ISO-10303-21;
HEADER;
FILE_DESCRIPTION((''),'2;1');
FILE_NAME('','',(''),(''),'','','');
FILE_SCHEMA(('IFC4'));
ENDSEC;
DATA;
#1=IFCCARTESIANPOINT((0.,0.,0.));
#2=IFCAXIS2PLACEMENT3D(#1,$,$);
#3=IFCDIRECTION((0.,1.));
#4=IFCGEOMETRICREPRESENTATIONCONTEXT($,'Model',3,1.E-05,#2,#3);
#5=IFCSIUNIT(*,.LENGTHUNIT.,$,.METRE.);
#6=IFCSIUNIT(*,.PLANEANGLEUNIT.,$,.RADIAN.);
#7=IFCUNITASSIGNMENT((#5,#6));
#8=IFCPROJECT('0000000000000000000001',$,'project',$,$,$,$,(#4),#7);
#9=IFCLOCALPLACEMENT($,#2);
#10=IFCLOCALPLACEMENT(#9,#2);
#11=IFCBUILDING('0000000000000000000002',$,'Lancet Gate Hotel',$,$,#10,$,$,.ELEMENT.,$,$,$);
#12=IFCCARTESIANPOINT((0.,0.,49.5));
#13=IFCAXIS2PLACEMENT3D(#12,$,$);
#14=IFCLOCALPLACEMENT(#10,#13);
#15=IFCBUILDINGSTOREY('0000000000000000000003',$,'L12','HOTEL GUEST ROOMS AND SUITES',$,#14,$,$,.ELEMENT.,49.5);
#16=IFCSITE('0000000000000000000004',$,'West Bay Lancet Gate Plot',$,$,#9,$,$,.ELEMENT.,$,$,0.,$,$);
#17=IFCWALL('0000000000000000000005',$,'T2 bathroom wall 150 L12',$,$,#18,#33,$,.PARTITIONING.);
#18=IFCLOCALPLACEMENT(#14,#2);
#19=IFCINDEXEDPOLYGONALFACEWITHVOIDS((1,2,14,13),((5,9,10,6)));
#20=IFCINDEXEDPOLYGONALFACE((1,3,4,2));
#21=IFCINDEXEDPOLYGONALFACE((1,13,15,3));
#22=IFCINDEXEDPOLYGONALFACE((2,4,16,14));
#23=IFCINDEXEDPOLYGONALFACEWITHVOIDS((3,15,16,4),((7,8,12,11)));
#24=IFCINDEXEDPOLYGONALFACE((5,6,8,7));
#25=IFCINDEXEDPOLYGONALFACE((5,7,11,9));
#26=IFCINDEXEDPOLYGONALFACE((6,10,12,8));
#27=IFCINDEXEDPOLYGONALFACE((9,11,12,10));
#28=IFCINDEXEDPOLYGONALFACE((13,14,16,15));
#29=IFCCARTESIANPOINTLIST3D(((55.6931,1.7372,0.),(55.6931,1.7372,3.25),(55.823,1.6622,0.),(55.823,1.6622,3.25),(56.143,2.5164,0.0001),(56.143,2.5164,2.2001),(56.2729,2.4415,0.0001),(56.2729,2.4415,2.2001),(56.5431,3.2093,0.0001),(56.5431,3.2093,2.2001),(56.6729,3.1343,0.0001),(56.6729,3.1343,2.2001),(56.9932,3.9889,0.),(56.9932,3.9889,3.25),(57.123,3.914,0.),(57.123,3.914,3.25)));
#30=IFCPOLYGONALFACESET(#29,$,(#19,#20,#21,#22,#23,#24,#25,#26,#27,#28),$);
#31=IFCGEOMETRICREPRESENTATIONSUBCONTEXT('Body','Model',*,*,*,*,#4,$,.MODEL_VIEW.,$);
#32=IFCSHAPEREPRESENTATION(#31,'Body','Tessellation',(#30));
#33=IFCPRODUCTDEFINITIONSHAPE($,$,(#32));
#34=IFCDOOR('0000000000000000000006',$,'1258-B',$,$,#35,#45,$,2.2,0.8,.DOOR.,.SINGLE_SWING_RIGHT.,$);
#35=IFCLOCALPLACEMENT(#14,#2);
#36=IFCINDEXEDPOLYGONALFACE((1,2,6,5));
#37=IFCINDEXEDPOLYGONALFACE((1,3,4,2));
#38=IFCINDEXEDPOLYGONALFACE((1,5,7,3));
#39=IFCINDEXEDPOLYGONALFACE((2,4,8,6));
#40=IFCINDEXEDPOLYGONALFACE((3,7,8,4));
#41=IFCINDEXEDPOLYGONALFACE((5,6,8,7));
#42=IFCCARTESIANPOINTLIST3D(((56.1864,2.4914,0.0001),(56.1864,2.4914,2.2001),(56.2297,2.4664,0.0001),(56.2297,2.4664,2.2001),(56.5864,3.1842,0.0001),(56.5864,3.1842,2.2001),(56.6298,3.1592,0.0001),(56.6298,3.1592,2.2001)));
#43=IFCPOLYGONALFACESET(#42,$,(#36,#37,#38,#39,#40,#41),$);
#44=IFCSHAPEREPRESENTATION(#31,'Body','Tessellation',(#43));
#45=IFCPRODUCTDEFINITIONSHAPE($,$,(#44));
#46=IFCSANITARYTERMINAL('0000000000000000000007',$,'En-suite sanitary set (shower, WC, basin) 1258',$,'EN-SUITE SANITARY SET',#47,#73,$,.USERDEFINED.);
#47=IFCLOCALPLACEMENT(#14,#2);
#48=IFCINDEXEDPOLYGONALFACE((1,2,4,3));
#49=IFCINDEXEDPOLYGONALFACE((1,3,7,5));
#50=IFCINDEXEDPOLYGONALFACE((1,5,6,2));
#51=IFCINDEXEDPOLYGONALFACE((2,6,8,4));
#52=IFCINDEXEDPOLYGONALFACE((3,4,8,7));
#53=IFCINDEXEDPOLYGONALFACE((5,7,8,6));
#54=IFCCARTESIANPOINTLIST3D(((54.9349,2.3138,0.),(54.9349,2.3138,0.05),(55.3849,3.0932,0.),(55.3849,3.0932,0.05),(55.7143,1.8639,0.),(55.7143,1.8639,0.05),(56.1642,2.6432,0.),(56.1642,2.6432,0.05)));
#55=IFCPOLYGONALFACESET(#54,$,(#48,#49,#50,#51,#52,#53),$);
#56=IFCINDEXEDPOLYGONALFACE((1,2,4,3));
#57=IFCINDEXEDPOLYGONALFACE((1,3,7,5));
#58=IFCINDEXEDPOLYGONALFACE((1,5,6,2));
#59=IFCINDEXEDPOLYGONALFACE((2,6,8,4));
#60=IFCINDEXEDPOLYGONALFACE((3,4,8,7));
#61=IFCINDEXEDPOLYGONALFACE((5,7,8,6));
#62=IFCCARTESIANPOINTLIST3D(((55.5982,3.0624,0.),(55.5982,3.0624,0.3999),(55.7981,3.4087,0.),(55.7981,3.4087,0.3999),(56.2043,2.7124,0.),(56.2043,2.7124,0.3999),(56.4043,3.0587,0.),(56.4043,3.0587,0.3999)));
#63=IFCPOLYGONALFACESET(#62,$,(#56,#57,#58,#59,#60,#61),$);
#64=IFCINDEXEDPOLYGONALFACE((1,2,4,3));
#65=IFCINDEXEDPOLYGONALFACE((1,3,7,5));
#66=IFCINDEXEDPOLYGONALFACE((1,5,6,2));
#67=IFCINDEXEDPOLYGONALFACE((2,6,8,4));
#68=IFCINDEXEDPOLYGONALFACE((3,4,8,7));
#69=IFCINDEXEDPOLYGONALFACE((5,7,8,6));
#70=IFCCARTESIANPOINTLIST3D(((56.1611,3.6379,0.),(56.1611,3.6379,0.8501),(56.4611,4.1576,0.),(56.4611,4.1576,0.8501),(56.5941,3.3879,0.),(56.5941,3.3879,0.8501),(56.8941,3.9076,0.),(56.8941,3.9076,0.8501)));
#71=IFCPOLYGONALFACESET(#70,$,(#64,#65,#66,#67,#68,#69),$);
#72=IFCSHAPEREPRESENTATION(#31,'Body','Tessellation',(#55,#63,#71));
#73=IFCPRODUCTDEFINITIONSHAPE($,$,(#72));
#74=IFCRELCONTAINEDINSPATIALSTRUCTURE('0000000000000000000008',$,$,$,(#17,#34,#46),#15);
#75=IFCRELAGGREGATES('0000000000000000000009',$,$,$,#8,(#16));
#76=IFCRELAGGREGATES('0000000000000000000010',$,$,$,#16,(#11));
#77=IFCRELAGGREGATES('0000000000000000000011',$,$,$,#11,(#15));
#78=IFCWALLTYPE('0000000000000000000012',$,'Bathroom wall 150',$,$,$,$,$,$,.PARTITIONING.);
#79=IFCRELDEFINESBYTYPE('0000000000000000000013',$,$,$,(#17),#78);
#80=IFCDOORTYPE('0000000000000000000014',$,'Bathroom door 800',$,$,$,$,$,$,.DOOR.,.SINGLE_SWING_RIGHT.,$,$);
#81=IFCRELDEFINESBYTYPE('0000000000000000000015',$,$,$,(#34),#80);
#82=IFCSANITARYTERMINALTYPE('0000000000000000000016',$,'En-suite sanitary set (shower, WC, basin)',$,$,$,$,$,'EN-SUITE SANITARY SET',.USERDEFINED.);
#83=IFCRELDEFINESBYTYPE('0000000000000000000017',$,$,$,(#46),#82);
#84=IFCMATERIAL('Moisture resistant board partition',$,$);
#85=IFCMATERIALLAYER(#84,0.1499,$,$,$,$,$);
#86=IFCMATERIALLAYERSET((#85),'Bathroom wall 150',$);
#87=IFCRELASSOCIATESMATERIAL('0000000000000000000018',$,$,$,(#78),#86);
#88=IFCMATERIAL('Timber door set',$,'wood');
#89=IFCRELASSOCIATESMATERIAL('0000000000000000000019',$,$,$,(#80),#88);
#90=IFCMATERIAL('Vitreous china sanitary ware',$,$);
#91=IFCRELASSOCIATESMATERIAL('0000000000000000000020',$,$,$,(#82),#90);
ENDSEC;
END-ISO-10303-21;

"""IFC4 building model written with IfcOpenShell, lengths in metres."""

from ifc_helpers import new_model, si_unit, direction, frame, frame_2d, origin, origin_2d, place, context, subcontext, project, spatial, rectangle, extrude, material, layer, layer_set, type_object, element, fill, save


model = new_model("IFC4")

# Units and contexts
model_context = context("Model", 3, precision=1e-05, world=origin(), true_north=direction((0.0, 1.0)))
body_context = subcontext(model_context, "Body", "Model", "MODEL_VIEW")
ifc_project = project(units=[si_unit("LENGTHUNIT", "METRE"), si_unit("PLANEANGLEUNIT", "RADIAN")], contexts=[model_context])

# Site, building, storey
site_placement = place(None, origin())
site = spatial("IfcSite", under=ifc_project, at=site_placement, Name="West Bay Lancet Gate Plot", CompositionType="ELEMENT", RefElevation=0.0)
building_placement = place(site_placement, origin())
building = spatial("IfcBuilding", under=site, at=building_placement, Name="Lancet Gate Hotel", CompositionType="ELEMENT")
storey_placement = place(building_placement, frame((0.0, 0.0, 49.5)))
storey = spatial("IfcBuildingStorey", under=building, at=storey_placement, Name="L12", Description="HOTEL GUEST ROOMS AND SUITES", CompositionType="ELEMENT", Elevation=49.5)

# Shared definitions
ifc_material_1 = material(Name="Moisture resistant board partition")
ifc_layer_1 = layer(ifc_material_1, 0.1499)
ifc_layer_set_1 = layer_set([ifc_layer_1], Name="Bathroom wall 150")
wall_type = type_object("IfcWallType", Name="Bathroom wall 150", PredefinedType="PARTITIONING", material=ifc_layer_set_1)

# Wall, opening, door
wall_1_placement = place(storey_placement, frame((55.7581, 1.6997, 0.0), z_axis=(0.0, 0.0, 1.0), x_axis=(0.500007, 0.866021, 0.0)))
wall_1 = element("IfcWall", 1, at=wall_1_placement, inside=storey, type_object=wall_type, Name="T2 bathroom wall 150 L12", PredefinedType="PARTITIONING", context=body_context, shape_type="SweptSolid", body=[
    extrude(rectangle(XDim=2.6001, YDim=0.1499, at=frame_2d((1.3, 0.0))), origin(), (0.0, 0.0, 1.0), 3.25),
])
opening_placement = place(wall_1_placement, frame((0.8999, 0.0, 0.0)))
opening = element("IfcOpeningElement", 2, at=opening_placement, cuts=wall_1, PredefinedType="OPENING", context=body_context, shape_type="SweptSolid", body=[
    extrude(rectangle(XDim=0.8, YDim=2.2, at=frame_2d((0.3999, 1.1001))), frame((0.0, 0.085, 0.0), z_axis=(0.0, -1.0, 0.0), x_axis=(1.0, 0.0, 0.0)), (0.0, 0.0, 1.0), 0.1699),
])
ifc_material_2 = material(Name="Timber door set", Category="wood")
door_type = type_object("IfcDoorType", Name="Bathroom door 800", OperationType="SINGLE_SWING_RIGHT", PredefinedType="DOOR", material=ifc_material_2)
door_placement = place(opening_placement, origin())
door = element("IfcDoor", 3, at=door_placement, inside=storey, type_object=door_type, Name="1258-B", OperationType="SINGLE_SWING_RIGHT", OverallHeight=2.2, OverallWidth=0.8, PredefinedType="DOOR", context=body_context, shape_type="SweptSolid", body=[
    extrude(rectangle(XDim=0.8, YDim=2.2, at=frame_2d((0.3999, 1.1001))), frame((0.0, 0.0249, 0.0), z_axis=(0.0, -1.0, 0.0), x_axis=(1.0, 0.0, 0.0)), (0.0, 0.0, 1.0), 0.05),
])
fill(opening, door)

# Sanitary terminal
ifc_material_3 = material(Name="Vitreous china sanitary ware")
sanitary_terminal_type = type_object("IfcSanitaryTerminalType", Name="En-suite sanitary set (shower, WC, basin)", ElementType="EN-SUITE SANITARY SET", PredefinedType="USERDEFINED", material=ifc_material_3)
sanitary_terminal_placement = place(storey_placement, frame((55.5496, 2.4785, 0.0), z_axis=(0.0, 0.0, 1.0), x_axis=(1.0, 0.0, 0.0)))
element("IfcSanitaryTerminal", 4, at=sanitary_terminal_placement, inside=storey, type_object=sanitary_terminal_type, Name="En-suite sanitary set (shower, WC, basin) 1258", ObjectType="EN-SUITE SANITARY SET", PredefinedType="USERDEFINED", context=body_context, shape_type="SweptSolid", body=[
    extrude(rectangle(XDim=0.8999, YDim=0.8999, at=origin_2d()), frame((0.0, 0.0, 0.0), z_axis=(0.0, 0.0, 1.0), x_axis=(-0.5, -0.866025, 0.0)), (0.0, 0.0, 1.0), 0.05),
    extrude(rectangle(XDim=0.3999, YDim=0.7, at=origin_2d()), frame((0.4517, 0.582, 0.0), z_axis=(0.0, 0.0, 1.0), x_axis=(-0.5, -0.866025, 0.0)), (0.0, 0.0, 1.0), 0.3999),
    extrude(rectangle(XDim=0.6001, YDim=0.5, at=origin_2d()), frame((0.978, 1.2942, 0.0), z_axis=(0.0, 0.0, 1.0), x_axis=(-0.5, -0.866025, 0.0)), (0.0, 0.0, 1.0), 0.8501),
])

save(model, "model.ifc")
